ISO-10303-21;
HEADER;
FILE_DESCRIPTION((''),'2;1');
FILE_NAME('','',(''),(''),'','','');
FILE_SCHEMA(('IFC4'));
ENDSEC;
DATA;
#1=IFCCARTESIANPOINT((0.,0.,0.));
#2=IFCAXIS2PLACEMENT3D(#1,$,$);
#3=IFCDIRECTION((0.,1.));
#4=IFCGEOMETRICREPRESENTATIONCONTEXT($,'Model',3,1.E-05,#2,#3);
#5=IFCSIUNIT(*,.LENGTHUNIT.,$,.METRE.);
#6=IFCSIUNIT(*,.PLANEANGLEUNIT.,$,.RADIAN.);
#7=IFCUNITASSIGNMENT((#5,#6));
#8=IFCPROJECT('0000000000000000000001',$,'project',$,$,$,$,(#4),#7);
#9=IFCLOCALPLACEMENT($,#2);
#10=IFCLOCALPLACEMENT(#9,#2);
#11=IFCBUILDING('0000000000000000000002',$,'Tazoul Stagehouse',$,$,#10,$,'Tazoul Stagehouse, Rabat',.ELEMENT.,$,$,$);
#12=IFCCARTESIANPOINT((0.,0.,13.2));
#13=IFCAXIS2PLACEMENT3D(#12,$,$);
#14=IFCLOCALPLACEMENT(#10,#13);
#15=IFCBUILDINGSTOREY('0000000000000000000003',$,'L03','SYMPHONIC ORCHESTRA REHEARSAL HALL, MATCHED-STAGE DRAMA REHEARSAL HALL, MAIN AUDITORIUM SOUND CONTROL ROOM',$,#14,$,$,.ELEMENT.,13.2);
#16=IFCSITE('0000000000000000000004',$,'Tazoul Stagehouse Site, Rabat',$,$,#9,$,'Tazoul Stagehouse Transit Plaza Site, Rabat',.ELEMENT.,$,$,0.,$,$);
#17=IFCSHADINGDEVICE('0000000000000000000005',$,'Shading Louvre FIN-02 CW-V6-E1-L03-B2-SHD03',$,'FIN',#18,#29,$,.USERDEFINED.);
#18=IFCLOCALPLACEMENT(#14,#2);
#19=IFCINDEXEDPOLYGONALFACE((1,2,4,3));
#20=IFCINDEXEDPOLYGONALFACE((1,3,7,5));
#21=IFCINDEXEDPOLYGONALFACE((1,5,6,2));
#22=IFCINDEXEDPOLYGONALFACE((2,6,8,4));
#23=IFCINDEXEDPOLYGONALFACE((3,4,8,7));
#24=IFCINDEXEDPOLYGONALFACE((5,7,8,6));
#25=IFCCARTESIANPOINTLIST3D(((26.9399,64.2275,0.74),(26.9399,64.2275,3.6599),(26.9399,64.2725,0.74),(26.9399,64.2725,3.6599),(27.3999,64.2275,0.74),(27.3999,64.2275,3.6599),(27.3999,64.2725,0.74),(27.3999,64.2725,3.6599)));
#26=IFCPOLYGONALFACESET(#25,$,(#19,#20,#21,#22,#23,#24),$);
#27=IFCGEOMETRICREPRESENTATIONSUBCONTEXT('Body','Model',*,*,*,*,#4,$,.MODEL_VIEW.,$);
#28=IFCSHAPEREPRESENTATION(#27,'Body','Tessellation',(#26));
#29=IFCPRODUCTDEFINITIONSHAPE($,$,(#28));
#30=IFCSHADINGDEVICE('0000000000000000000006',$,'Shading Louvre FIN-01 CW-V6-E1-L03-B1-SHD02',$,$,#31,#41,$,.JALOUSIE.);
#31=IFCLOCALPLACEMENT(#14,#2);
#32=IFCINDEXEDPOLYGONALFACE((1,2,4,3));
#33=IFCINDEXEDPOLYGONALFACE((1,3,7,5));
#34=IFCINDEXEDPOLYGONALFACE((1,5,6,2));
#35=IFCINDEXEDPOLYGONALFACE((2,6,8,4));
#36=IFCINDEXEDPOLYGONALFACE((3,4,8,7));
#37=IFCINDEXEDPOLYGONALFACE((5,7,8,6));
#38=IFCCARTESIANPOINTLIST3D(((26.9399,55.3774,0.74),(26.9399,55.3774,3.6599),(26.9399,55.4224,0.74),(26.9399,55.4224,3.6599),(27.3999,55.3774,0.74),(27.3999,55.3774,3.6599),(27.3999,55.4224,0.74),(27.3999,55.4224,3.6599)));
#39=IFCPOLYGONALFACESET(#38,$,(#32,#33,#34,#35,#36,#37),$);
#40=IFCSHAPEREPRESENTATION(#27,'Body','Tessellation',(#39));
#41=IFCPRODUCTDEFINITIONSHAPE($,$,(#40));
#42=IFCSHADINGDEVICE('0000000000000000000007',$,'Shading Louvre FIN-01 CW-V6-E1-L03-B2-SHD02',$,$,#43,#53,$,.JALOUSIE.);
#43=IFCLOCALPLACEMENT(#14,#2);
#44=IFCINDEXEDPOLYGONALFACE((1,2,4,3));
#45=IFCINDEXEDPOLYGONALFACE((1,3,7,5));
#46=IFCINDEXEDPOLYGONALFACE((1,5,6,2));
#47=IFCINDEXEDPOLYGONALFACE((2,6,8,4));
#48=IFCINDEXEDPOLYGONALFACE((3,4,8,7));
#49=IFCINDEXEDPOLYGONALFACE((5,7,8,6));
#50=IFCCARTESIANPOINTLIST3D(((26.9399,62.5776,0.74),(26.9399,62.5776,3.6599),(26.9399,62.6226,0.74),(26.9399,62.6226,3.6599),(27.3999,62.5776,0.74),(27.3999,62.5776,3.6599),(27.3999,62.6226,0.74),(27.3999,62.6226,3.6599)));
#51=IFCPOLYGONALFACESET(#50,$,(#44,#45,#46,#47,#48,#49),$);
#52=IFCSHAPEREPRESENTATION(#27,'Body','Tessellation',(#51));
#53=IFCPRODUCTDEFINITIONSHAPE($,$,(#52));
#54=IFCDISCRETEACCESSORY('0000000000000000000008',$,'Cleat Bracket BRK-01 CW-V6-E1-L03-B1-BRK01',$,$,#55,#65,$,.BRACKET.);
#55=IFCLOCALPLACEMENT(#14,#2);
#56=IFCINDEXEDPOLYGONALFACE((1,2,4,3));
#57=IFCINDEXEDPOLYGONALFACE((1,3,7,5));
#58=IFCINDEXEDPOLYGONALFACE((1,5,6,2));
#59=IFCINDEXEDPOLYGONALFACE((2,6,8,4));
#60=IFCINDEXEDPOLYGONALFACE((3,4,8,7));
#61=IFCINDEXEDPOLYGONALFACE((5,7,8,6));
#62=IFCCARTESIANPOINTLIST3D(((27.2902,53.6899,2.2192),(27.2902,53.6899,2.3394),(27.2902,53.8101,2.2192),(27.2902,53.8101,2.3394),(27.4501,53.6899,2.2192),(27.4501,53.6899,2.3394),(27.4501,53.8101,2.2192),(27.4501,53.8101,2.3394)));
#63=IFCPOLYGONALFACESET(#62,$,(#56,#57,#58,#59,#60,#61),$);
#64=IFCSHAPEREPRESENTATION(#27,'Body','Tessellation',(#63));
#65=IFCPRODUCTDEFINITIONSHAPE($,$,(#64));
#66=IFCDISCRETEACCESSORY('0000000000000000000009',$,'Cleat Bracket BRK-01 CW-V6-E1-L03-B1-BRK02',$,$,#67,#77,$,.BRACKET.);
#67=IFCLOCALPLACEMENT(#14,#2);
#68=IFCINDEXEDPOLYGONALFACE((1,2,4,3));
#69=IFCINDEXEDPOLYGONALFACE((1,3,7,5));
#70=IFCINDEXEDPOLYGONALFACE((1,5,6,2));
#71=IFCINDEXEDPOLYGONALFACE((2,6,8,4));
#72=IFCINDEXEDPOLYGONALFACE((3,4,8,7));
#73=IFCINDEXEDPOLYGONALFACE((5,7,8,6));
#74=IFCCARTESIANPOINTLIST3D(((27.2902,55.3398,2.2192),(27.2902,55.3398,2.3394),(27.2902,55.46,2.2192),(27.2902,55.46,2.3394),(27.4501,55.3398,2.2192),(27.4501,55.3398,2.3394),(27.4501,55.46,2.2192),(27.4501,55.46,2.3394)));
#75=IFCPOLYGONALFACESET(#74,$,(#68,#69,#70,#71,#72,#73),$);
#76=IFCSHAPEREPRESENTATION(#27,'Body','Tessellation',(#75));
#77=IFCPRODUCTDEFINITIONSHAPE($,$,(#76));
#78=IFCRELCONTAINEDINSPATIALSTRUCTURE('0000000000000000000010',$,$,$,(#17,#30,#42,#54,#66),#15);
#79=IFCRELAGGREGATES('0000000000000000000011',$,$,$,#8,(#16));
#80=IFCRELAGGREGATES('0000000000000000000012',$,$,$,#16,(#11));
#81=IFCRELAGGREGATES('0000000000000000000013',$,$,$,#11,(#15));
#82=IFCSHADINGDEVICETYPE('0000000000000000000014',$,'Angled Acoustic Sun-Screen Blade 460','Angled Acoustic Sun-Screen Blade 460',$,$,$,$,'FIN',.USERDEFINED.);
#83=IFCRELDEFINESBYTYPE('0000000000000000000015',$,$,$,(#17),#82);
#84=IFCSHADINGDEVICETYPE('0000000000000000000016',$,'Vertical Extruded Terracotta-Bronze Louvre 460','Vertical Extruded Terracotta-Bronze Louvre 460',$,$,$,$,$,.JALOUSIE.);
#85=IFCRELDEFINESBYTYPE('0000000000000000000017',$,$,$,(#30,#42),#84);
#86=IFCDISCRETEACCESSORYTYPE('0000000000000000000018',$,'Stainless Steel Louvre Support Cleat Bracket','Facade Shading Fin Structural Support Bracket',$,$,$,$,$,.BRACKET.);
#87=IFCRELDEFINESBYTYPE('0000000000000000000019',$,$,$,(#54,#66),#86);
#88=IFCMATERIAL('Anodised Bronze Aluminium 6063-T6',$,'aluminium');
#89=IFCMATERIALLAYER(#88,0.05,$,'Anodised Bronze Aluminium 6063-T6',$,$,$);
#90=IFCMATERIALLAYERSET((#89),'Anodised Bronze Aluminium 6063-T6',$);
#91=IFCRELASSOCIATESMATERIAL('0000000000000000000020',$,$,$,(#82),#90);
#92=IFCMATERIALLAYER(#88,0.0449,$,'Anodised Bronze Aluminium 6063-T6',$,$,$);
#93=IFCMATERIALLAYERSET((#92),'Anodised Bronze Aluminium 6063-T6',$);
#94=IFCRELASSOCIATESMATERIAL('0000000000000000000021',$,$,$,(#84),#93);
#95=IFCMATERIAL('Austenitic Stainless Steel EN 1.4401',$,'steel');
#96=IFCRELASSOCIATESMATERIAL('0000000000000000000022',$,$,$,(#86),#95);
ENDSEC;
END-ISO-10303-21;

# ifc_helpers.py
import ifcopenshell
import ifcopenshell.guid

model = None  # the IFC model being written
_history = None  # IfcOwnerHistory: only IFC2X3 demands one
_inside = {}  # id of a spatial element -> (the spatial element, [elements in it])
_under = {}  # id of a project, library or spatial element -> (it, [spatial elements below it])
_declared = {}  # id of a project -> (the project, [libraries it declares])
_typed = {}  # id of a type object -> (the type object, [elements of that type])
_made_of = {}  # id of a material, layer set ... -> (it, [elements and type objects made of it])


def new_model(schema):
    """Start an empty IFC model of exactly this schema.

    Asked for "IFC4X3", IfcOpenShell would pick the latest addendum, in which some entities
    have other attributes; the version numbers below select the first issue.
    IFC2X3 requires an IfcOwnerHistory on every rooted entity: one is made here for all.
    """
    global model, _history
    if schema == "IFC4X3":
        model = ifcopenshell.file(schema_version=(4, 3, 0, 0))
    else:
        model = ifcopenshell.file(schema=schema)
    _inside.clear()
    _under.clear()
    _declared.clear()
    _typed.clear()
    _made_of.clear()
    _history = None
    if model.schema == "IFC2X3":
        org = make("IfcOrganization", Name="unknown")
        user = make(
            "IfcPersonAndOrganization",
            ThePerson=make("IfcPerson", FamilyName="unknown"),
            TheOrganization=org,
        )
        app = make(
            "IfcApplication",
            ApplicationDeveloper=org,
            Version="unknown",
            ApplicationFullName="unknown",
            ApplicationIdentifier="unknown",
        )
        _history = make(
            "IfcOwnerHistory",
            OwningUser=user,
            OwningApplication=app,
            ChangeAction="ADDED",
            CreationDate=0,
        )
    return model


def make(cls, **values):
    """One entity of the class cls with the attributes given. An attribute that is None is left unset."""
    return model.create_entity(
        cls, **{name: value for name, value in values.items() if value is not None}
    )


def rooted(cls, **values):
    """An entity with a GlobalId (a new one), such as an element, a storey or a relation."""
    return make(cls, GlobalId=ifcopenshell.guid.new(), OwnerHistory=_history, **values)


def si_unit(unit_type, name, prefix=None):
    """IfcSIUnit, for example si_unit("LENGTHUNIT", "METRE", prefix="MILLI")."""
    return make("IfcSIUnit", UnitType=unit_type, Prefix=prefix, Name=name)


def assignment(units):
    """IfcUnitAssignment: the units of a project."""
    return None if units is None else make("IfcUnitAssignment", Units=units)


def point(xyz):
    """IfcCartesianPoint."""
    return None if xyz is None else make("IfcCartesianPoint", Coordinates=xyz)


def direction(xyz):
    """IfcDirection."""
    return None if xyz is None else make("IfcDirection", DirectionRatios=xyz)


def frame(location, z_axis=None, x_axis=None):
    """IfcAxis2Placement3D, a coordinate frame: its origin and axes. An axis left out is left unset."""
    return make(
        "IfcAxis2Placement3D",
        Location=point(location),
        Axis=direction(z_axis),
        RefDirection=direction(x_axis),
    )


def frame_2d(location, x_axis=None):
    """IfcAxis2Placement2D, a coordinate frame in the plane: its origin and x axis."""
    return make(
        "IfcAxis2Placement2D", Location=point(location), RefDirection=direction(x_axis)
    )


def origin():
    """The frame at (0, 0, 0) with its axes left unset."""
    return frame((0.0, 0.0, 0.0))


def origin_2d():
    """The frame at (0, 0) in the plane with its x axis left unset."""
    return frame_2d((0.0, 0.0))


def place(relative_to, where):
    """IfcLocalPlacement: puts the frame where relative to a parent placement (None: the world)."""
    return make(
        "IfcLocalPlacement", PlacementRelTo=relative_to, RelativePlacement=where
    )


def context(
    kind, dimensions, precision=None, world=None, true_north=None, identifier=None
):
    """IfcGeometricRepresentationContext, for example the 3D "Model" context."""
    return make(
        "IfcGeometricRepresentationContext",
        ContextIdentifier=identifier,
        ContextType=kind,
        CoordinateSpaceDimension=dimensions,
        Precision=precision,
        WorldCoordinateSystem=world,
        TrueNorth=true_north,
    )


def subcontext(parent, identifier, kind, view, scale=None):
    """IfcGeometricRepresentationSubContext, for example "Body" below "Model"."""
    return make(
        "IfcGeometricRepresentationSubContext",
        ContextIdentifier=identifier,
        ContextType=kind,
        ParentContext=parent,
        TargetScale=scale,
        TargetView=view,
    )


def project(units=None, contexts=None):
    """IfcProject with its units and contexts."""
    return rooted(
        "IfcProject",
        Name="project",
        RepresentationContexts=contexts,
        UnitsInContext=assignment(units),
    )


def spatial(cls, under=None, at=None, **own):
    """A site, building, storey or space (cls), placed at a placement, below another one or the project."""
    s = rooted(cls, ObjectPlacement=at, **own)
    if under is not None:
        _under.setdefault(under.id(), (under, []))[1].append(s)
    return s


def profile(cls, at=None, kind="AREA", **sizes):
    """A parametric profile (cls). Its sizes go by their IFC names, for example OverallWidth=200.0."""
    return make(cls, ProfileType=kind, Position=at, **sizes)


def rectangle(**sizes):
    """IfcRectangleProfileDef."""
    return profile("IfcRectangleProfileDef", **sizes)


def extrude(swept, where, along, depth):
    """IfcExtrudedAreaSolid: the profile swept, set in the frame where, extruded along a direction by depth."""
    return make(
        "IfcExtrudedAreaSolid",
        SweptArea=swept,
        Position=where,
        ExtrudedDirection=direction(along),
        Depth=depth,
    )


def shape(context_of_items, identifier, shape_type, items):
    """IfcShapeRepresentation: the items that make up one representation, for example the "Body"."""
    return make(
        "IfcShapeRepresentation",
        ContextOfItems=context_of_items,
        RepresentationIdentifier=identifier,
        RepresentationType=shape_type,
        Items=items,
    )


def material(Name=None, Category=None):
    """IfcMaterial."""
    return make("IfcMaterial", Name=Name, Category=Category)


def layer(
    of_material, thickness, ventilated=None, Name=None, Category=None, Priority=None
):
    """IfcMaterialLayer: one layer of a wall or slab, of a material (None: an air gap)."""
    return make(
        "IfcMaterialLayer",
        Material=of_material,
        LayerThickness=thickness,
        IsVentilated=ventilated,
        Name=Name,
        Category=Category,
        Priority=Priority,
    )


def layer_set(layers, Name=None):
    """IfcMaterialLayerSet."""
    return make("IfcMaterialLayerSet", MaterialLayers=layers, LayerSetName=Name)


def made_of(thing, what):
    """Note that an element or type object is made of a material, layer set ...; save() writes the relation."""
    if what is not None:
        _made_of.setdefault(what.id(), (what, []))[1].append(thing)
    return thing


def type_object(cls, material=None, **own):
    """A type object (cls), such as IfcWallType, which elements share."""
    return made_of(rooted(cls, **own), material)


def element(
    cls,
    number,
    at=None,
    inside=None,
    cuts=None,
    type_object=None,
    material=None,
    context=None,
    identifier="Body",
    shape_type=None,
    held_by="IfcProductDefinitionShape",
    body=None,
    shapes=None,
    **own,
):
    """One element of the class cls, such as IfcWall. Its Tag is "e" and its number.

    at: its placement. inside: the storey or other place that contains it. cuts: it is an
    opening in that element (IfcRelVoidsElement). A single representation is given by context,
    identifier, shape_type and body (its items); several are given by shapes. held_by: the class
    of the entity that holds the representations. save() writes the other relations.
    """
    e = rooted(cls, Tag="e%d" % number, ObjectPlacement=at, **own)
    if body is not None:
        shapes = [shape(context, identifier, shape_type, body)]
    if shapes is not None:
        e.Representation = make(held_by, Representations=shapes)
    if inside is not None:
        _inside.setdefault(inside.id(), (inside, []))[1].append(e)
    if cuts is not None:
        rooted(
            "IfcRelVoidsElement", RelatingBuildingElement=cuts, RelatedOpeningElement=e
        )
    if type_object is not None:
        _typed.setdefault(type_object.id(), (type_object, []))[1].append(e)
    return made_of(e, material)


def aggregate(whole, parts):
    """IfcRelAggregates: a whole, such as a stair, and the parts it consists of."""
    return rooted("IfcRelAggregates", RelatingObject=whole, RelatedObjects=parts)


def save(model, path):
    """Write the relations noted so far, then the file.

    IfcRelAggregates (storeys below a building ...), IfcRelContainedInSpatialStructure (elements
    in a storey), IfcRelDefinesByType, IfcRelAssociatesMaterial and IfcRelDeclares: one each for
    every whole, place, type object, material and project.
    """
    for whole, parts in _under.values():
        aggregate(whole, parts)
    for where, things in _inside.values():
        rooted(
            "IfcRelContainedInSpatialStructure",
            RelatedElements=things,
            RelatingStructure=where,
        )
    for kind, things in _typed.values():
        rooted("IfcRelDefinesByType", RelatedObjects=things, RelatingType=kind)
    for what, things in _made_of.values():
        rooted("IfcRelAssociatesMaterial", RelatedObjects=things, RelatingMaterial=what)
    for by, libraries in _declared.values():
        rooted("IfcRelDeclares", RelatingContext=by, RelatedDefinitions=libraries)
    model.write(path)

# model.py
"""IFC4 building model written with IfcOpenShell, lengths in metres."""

from ifc_helpers import new_model, si_unit, direction, frame, origin, origin_2d, place, context, subcontext, project, spatial, rectangle, extrude, material, layer, layer_set, type_object, element, save


model = new_model("IFC4")

# Units and contexts
model_context = context("Model", 3, precision=1e-05, world=origin(), true_north=direction((0.0, 1.0)))
body_context = subcontext(model_context, "Body", "Model", "MODEL_VIEW")
ifc_project = project(units=[si_unit("LENGTHUNIT", "METRE"), si_unit("PLANEANGLEUNIT", "RADIAN")], contexts=[model_context])

# Site, building, storey
site_placement = place(None, origin())
site = spatial("IfcSite", under=ifc_project, at=site_placement, Name="Tazoul Stagehouse Site, Rabat", LongName="Tazoul Stagehouse Transit Plaza Site, Rabat", CompositionType="ELEMENT", RefElevation=0.0)
building_placement = place(site_placement, origin())
building = spatial("IfcBuilding", under=site, at=building_placement, Name="Tazoul Stagehouse", LongName="Tazoul Stagehouse, Rabat", CompositionType="ELEMENT")
storey_placement = place(building_placement, frame((0.0, 0.0, 13.2)))
storey = spatial("IfcBuildingStorey", under=building, at=storey_placement, Name="L03", Description="SYMPHONIC ORCHESTRA REHEARSAL HALL, MATCHED-STAGE DRAMA REHEARSAL HALL, MAIN AUDITORIUM SOUND CONTROL ROOM", CompositionType="ELEMENT", Elevation=13.2)

# Shared definitions
ifc_material_1 = material(Name="Anodised Bronze Aluminium 6063-T6", Category="aluminium")

# Shading devices
ifc_layer_1 = layer(ifc_material_1, 0.05, Name="Anodised Bronze Aluminium 6063-T6")
ifc_layer_set_1 = layer_set([ifc_layer_1], Name="Anodised Bronze Aluminium 6063-T6")
shading_device_type_1 = type_object("IfcShadingDeviceType", Name="Angled Acoustic Sun-Screen Blade 460", Description="Angled Acoustic Sun-Screen Blade 460", ElementType="FIN", PredefinedType="USERDEFINED", material=ifc_layer_set_1)
for number, where, z_axis, x_axis, name in (
    (1, (27.1699, 64.25, 0.74), (0.0, 0.0, 1.0), (0.0, 1.0, 0.0), "Shading Louvre FIN-02 CW-V6-E1-L03-B2-SHD03"),
):
    element("IfcShadingDevice", number, at=place(storey_placement, frame(where, z_axis=z_axis, x_axis=x_axis)), inside=storey, type_object=shading_device_type_1, Name=name, ObjectType="FIN", PredefinedType="USERDEFINED", context=body_context, shape_type="SweptSolid", body=[
        extrude(rectangle(XDim=0.0449, YDim=0.46, at=origin_2d()), origin(), (0.0, 0.0, 1.0), 2.9199),
    ])
ifc_layer_2 = layer(ifc_material_1, 0.0449, Name="Anodised Bronze Aluminium 6063-T6")
ifc_layer_set_2 = layer_set([ifc_layer_2], Name="Anodised Bronze Aluminium 6063-T6")
shading_device_type_2 = type_object("IfcShadingDeviceType", Name="Vertical Extruded Terracotta-Bronze Louvre 460", Description="Vertical Extruded Terracotta-Bronze Louvre 460", PredefinedType="JALOUSIE", material=ifc_layer_set_2)
for number, where, z_axis, x_axis, name in (
    (2, (27.1699, 55.3999, 0.74), (0.0, 0.0, 1.0), (0.0, 1.0, 0.0), "Shading Louvre FIN-01 CW-V6-E1-L03-B1-SHD02"),
    (3, (27.1699, 62.6001, 0.74), (0.0, 0.0, 1.0), (0.0, 1.0, 0.0), "Shading Louvre FIN-01 CW-V6-E1-L03-B2-SHD02"),
):
    element("IfcShadingDevice", number, at=place(storey_placement, frame(where, z_axis=z_axis, x_axis=x_axis)), inside=storey, type_object=shading_device_type_2, Name=name, PredefinedType="JALOUSIE", context=body_context, shape_type="SweptSolid", body=[
        extrude(rectangle(XDim=0.0449, YDim=0.46, at=origin_2d()), origin(), (0.0, 0.0, 1.0), 2.9199),
    ])

# Discrete accessories
ifc_material_2 = material(Name="Austenitic Stainless Steel EN 1.4401", Category="steel")
discrete_accessory_type = type_object("IfcDiscreteAccessoryType", Name="Stainless Steel Louvre Support Cleat Bracket", Description="Facade Shading Fin Structural Support Bracket", PredefinedType="BRACKET", material=ifc_material_2)
for number, where, z_axis, x_axis, name in (
    (4, (27.3701, 53.75, 2.2192), (0.0, 0.0, 1.0), (0.0, 1.0, 0.0), "Cleat Bracket BRK-01 CW-V6-E1-L03-B1-BRK01"),
    (5, (27.3701, 55.3999, 2.2192), (0.0, 0.0, 1.0), (0.0, 1.0, 0.0), "Cleat Bracket BRK-01 CW-V6-E1-L03-B1-BRK02"),
):
    element("IfcDiscreteAccessory", number, at=place(storey_placement, frame(where, z_axis=z_axis, x_axis=x_axis)), inside=storey, type_object=discrete_accessory_type, Name=name, PredefinedType="BRACKET", context=body_context, shape_type="SweptSolid", body=[
        extrude(rectangle(XDim=0.1201, YDim=0.1599, at=origin_2d()), origin(), (0.0, 0.0, 1.0), 0.1201),
    ])

save(model, "model.ifc")
